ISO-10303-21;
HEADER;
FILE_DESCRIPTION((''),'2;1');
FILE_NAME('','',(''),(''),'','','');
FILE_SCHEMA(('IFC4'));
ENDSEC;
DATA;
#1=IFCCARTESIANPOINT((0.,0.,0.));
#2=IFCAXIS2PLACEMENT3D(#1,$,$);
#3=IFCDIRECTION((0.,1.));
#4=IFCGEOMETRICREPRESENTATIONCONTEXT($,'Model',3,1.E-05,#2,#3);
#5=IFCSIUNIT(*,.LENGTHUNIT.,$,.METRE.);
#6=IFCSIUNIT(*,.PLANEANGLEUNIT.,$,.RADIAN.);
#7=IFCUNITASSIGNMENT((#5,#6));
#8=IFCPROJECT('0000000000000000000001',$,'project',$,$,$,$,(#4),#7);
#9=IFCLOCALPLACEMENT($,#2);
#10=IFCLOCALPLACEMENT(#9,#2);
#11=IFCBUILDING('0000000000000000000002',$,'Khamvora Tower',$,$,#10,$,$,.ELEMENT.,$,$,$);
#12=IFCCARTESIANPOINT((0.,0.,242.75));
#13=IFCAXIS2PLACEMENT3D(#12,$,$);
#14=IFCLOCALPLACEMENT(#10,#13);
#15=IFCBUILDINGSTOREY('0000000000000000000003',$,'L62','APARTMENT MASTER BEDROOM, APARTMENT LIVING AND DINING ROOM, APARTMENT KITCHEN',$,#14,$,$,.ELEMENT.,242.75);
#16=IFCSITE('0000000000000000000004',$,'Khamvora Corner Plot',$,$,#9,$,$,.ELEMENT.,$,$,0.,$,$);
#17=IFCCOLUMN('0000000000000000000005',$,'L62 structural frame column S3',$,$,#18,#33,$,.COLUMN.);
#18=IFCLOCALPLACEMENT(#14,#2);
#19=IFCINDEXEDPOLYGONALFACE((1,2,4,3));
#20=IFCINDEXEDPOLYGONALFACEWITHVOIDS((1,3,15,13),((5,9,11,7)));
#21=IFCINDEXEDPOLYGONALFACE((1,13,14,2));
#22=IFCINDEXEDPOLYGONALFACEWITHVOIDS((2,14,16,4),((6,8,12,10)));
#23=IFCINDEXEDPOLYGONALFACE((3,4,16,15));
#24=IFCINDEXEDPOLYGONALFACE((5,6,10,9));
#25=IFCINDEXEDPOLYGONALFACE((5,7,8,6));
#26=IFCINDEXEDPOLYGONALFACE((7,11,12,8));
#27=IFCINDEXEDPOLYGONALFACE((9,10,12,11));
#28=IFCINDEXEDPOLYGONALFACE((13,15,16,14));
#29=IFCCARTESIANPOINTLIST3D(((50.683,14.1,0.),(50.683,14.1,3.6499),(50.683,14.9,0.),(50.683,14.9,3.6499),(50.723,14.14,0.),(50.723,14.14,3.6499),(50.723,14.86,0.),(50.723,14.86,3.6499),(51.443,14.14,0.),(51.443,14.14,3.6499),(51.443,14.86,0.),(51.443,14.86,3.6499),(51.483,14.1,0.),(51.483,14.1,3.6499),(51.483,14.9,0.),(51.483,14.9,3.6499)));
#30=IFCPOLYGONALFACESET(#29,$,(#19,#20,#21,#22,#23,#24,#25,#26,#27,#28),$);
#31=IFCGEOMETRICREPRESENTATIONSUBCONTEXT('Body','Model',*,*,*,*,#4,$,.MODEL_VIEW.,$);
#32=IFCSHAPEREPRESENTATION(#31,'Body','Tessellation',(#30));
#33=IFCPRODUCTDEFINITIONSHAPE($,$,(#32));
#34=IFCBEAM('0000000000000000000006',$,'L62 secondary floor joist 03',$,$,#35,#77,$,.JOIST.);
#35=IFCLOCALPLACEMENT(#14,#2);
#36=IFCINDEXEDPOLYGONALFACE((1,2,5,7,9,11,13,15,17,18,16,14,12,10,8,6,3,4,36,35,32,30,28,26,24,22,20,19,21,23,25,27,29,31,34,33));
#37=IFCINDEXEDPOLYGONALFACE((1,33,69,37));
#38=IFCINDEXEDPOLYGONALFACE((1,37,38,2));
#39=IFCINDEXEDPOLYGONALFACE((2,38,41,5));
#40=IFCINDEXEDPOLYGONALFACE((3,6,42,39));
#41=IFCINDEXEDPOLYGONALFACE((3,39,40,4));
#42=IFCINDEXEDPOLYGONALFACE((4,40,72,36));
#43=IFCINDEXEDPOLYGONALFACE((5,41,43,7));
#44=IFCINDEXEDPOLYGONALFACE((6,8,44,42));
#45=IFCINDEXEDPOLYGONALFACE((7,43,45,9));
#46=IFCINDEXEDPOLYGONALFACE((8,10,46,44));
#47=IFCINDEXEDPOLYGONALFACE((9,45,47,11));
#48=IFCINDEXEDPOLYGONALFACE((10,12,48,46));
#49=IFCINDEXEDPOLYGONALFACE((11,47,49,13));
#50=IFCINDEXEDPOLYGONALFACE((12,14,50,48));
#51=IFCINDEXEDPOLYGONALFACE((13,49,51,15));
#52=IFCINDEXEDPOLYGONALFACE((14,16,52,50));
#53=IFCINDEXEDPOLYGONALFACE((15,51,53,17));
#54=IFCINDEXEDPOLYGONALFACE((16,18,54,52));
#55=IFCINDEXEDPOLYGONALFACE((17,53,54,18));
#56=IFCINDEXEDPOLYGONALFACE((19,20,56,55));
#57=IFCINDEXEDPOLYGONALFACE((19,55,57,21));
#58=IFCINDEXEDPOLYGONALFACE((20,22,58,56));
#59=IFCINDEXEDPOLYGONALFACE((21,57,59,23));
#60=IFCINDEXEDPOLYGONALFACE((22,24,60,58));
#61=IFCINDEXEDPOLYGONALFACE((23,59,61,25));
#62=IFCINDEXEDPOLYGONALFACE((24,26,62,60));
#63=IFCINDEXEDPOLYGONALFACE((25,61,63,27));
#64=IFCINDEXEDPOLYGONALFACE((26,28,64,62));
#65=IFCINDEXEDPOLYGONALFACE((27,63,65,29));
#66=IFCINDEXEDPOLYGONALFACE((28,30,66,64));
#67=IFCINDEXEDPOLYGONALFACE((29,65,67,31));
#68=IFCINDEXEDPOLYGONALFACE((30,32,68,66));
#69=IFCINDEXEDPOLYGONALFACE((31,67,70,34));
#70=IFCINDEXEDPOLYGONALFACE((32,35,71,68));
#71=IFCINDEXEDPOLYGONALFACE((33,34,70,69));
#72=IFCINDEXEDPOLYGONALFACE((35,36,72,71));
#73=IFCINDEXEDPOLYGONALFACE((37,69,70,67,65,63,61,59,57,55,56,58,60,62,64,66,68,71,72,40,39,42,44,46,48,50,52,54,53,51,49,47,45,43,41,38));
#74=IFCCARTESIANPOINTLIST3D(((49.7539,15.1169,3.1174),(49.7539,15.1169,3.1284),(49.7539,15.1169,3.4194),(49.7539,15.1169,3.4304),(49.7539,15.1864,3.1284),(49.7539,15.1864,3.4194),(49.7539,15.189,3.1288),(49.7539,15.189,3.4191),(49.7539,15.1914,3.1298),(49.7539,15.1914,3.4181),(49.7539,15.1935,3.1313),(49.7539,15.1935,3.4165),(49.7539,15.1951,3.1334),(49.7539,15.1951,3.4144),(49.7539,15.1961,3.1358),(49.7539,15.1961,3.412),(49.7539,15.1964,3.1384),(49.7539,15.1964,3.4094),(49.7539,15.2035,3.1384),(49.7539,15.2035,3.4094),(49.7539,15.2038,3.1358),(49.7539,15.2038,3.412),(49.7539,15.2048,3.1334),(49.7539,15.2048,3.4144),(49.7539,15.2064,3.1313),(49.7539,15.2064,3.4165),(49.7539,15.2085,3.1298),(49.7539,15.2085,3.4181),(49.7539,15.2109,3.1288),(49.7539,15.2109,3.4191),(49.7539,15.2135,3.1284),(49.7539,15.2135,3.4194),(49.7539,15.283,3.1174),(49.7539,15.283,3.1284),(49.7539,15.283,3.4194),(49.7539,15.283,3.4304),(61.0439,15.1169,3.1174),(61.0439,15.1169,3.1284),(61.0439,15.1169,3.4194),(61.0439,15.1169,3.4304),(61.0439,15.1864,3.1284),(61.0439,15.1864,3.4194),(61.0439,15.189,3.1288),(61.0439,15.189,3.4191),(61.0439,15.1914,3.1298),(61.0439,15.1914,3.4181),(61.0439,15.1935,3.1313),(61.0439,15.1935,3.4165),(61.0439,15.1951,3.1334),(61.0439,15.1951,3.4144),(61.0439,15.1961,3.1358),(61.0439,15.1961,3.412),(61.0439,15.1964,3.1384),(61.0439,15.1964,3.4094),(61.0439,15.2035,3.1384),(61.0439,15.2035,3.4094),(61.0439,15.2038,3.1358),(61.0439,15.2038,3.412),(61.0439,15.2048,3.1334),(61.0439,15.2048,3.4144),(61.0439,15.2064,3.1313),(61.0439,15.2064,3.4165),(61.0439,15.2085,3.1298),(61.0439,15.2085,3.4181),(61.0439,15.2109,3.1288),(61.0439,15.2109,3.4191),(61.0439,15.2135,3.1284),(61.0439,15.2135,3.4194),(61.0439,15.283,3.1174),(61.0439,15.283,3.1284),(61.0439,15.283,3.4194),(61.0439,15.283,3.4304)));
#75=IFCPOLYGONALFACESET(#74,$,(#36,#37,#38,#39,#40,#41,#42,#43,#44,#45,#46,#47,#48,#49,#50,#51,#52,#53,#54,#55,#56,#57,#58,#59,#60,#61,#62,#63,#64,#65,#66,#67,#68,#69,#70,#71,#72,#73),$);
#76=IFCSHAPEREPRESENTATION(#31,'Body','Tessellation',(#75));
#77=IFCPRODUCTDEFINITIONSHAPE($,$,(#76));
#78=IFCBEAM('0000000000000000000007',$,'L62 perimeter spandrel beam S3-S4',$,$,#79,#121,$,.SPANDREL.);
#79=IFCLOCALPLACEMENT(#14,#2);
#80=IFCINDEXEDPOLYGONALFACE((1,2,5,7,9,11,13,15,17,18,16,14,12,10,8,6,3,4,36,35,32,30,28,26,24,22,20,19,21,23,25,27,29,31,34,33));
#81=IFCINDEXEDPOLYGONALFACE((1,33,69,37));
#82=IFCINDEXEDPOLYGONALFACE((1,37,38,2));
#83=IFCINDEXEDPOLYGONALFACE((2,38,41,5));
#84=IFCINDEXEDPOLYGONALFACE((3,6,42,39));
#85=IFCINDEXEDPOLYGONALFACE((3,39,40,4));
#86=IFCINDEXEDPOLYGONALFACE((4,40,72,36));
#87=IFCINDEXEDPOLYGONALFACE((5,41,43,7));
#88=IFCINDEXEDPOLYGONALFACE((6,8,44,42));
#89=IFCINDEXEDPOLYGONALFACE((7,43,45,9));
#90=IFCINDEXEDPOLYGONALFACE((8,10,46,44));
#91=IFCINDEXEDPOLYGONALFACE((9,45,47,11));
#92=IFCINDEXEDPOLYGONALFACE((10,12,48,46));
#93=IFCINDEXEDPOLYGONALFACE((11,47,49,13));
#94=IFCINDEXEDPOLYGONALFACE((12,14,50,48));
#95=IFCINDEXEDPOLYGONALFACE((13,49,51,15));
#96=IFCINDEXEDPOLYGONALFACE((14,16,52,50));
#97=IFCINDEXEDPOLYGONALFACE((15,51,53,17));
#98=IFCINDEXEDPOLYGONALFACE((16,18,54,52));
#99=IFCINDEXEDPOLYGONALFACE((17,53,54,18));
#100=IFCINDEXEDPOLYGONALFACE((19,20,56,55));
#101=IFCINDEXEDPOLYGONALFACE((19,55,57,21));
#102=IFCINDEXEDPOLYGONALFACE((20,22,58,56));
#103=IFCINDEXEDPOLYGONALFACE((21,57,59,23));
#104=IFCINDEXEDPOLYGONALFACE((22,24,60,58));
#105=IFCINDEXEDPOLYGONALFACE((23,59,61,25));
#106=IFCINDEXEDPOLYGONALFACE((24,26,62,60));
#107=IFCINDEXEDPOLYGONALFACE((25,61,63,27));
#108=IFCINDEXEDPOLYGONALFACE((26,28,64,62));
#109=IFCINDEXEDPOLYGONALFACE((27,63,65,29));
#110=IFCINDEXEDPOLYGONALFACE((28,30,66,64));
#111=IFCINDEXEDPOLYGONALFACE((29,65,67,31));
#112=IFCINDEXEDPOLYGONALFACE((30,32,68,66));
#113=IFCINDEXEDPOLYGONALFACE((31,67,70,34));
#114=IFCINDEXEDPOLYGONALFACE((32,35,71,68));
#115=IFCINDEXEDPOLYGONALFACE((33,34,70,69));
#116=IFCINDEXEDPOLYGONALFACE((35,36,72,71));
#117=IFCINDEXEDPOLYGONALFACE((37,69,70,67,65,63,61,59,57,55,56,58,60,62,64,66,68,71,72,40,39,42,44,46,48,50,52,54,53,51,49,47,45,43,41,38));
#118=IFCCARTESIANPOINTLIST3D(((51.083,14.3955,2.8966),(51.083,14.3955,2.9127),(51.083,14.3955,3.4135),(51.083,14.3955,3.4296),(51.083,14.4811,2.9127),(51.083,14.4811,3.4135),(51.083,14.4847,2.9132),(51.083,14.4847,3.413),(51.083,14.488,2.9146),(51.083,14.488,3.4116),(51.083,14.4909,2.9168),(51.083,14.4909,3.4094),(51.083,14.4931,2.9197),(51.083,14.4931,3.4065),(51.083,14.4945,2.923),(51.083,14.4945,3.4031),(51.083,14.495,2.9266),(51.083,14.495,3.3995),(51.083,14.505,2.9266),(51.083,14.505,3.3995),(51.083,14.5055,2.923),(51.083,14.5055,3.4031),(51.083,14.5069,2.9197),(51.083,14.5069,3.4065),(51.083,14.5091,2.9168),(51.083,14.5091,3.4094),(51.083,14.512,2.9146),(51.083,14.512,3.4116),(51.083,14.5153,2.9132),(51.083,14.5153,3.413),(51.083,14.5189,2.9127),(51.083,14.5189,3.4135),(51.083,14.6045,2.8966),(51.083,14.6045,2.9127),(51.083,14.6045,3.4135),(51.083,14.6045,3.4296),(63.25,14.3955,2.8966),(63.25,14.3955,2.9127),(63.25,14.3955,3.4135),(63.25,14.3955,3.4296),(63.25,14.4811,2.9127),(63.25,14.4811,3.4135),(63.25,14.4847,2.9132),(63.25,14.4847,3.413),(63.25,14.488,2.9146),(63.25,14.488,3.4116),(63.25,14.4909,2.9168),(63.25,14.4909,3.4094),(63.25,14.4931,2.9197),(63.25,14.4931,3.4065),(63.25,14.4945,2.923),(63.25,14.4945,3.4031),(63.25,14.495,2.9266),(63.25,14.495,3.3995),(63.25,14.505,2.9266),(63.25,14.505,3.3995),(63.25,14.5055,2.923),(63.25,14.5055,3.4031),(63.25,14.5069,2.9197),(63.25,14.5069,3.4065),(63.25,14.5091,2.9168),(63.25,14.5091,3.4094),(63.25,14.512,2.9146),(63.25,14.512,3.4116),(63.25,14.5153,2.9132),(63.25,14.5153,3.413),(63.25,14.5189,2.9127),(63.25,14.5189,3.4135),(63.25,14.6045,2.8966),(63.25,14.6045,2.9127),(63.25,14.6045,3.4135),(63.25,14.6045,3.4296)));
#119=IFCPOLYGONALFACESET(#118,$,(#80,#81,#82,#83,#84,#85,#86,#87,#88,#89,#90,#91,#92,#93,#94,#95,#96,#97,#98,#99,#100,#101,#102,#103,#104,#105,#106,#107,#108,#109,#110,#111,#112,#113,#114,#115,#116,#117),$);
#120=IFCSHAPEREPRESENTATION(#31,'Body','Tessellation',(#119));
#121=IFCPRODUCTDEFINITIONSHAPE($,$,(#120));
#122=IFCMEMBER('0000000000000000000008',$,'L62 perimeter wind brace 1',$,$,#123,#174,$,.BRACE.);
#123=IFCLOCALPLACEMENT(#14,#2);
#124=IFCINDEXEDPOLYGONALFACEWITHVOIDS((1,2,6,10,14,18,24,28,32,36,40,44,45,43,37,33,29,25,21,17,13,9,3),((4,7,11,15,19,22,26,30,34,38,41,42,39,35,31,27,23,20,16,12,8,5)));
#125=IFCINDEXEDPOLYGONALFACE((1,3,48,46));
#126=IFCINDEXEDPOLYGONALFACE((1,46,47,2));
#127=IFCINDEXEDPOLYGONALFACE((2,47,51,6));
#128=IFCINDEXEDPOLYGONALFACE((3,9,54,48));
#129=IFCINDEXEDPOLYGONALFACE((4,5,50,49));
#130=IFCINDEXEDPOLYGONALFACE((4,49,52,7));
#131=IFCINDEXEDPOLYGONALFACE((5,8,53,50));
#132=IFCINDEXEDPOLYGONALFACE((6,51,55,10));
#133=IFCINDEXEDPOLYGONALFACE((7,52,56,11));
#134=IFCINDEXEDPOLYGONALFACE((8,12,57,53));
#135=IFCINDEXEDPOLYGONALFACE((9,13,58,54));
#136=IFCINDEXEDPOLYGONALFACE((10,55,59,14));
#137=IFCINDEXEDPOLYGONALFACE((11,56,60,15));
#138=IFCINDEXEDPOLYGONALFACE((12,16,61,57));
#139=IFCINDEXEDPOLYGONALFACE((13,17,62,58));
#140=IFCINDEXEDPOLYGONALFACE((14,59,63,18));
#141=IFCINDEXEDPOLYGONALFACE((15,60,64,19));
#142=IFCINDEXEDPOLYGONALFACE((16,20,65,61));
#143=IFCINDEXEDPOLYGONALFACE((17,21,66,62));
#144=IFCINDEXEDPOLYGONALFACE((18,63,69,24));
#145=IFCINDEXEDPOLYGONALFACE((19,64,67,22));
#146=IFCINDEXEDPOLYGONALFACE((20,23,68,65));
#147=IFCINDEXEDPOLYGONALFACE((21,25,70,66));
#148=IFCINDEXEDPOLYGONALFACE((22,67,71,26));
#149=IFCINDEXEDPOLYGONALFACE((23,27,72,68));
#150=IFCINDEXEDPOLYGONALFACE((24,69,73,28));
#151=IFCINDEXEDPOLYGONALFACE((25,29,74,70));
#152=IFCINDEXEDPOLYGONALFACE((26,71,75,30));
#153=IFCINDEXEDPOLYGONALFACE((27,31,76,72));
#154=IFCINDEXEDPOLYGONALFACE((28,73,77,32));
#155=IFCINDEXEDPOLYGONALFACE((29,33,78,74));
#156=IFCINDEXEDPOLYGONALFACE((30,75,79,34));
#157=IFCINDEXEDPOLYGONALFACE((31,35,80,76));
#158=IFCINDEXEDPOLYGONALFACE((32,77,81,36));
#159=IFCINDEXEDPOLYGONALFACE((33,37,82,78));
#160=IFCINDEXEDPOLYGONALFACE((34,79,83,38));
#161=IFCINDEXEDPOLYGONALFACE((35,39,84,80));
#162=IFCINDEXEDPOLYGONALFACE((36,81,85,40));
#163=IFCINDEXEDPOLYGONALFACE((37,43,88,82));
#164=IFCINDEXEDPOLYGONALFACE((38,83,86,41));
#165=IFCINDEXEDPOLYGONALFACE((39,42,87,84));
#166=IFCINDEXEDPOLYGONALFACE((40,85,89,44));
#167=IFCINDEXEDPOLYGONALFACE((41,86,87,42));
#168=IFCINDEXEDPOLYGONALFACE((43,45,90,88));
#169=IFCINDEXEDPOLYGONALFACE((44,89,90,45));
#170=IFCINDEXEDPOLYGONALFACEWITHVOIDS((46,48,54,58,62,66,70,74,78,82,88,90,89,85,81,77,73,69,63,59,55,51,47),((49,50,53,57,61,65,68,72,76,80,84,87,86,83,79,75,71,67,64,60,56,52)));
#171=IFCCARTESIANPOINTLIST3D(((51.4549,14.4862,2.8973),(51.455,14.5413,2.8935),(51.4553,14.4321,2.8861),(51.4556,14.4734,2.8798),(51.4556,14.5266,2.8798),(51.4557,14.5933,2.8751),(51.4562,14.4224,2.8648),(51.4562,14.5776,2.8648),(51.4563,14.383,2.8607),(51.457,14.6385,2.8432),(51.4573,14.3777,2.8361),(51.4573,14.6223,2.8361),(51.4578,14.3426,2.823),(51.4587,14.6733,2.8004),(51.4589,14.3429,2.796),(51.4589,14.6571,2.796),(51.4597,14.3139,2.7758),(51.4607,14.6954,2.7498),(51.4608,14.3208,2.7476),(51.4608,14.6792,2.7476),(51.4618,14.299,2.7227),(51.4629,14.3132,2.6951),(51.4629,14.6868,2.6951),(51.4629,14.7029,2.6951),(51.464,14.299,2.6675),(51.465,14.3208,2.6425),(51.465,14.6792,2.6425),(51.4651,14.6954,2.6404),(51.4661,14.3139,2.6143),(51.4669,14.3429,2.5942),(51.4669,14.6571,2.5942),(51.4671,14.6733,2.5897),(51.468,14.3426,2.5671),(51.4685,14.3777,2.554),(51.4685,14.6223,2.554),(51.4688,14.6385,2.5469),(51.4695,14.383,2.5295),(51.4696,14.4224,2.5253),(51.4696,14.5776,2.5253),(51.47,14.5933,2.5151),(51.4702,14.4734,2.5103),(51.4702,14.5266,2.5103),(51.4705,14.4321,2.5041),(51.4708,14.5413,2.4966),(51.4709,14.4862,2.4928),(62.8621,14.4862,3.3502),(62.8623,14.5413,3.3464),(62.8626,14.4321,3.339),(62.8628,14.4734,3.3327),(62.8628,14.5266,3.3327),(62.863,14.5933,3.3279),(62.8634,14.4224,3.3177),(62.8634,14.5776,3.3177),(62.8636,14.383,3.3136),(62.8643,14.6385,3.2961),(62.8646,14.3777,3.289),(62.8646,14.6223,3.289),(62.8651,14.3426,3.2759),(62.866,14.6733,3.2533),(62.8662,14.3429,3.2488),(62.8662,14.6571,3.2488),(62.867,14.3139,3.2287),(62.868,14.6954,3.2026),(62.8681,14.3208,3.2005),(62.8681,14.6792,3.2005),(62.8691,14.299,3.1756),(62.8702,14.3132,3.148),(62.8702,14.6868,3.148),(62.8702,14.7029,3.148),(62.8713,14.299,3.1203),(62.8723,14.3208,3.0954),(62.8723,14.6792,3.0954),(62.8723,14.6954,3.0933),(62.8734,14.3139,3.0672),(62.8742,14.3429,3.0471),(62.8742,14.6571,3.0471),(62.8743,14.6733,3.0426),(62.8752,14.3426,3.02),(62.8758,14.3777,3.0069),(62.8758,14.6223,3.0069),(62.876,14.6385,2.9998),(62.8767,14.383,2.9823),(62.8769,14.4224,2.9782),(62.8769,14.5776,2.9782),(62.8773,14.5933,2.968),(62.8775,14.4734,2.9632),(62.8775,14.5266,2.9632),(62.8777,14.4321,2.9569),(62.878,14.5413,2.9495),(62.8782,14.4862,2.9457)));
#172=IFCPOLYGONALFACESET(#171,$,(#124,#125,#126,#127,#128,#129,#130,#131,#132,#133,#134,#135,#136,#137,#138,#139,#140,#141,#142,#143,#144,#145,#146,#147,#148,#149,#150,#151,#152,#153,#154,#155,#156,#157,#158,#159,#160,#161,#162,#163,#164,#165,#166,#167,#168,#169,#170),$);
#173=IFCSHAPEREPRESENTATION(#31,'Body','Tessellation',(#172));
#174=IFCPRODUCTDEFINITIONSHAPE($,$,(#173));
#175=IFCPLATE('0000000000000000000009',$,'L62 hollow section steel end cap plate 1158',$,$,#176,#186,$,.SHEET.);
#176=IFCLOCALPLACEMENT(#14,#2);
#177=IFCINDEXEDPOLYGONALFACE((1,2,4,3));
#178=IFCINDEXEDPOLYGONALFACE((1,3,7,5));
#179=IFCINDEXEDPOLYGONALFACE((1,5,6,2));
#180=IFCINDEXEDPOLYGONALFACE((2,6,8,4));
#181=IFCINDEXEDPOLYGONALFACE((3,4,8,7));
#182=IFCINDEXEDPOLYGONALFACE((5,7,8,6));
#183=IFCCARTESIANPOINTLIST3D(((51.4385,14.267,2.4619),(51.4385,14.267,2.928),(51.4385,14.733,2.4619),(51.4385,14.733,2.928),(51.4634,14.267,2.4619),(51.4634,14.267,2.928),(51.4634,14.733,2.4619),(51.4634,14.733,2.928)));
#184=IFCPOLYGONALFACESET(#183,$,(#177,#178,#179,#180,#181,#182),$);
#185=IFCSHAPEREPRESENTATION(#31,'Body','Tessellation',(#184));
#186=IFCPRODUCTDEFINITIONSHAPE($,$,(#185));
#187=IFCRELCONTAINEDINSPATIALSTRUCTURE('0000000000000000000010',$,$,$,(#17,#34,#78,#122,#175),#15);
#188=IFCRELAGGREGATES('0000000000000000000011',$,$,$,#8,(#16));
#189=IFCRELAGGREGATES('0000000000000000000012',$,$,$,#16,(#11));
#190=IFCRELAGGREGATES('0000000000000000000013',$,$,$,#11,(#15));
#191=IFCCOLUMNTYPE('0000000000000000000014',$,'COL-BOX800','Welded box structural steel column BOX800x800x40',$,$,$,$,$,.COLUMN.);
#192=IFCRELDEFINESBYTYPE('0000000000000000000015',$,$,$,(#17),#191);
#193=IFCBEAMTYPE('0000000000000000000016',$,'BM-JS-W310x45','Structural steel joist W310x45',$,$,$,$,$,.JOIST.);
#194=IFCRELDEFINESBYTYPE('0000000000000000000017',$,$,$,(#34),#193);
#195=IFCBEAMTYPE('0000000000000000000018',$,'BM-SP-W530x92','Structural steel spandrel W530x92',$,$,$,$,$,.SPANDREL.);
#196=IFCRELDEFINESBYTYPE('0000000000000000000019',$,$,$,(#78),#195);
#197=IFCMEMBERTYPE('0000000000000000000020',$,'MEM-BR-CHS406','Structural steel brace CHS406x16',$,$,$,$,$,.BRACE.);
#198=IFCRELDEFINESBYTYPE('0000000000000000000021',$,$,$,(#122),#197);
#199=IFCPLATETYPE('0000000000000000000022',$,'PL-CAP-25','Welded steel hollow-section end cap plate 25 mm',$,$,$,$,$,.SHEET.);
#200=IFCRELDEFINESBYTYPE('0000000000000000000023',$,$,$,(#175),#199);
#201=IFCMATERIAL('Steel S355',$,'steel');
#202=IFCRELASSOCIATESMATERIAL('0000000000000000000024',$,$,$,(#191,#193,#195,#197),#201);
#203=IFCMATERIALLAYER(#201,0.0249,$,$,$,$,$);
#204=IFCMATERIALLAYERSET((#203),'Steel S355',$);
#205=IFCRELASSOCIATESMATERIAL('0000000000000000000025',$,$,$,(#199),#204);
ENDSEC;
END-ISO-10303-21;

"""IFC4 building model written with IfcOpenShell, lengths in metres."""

from ifc_helpers import new_model, si_unit, direction, frame, origin, origin_2d, place, context, subcontext, project, spatial, rectangle, hollow_rectangle, hollow_circle, i_section, extrude, material, layer, layer_set, material_profile, profile_set, type_object, element, save


model = new_model("IFC4")

# Units and contexts
model_context = context("Model", 3, precision=1e-05, world=origin(), true_north=direction((0.0, 1.0)))
body_context = subcontext(model_context, "Body", "Model", "MODEL_VIEW")
ifc_project = project(units=[si_unit("LENGTHUNIT", "METRE"), si_unit("PLANEANGLEUNIT", "RADIAN")], contexts=[model_context])

# Site, building, storey
site_placement = place(None, origin())
site = spatial("IfcSite", under=ifc_project, at=site_placement, Name="Khamvora Corner Plot", CompositionType="ELEMENT", RefElevation=0.0)
building_placement = place(site_placement, origin())
building = spatial("IfcBuilding", under=site, at=building_placement, Name="Khamvora Tower", CompositionType="ELEMENT")
storey_placement = place(building_placement, frame((0.0, 0.0, 242.75)))
storey = spatial("IfcBuildingStorey", under=building, at=storey_placement, Name="L62", Description="APARTMENT MASTER BEDROOM, APARTMENT LIVING AND DINING ROOM, APARTMENT KITCHEN", CompositionType="ELEMENT", Elevation=242.75)

# Column
ifc_material_1 = material(Name="Steel S355", Category="steel")
ifc_material_profile_1 = material_profile(ifc_material_1, hollow_rectangle(XDim=0.8, YDim=0.8, WallThickness=0.04, at=origin_2d()), Name="BOX800x800x40")
ifc_profile_set_1 = profile_set([ifc_material_profile_1], Name="Steel S355")
column_type = type_object("IfcColumnType", Name="COL-BOX800", Description="Welded box structural steel column BOX800x800x40", PredefinedType="COLUMN", material=ifc_profile_set_1)
column_placement = place(storey_placement, frame((51.083, 14.5, 0.0), z_axis=(0.0, 0.0, 1.0), x_axis=(1.0, 0.0, 0.0)))
element("IfcColumn", 1, at=column_placement, inside=storey, type_object=column_type, Name="L62 structural frame column S3", PredefinedType="COLUMN", context=body_context, shape_type="SweptSolid", body=[
    extrude(hollow_rectangle(XDim=0.8, YDim=0.8, WallThickness=0.04, at=origin_2d()), origin(), (0.0, 0.0, 1.0), 3.6499),
])

# Beams
ifc_material_profile_2 = material_profile(ifc_material_1, i_section(OverallWidth=0.166, OverallDepth=0.313, WebThickness=0.0071, FlangeThickness=0.011, FilletRadius=0.01, at=origin_2d()), Name="W310x45")
ifc_profile_set_2 = profile_set([ifc_material_profile_2], Name="Steel S355")
beam_type_1 = type_object("IfcBeamType", Name="BM-JS-W310x45", Description="Structural steel joist W310x45", PredefinedType="JOIST", material=ifc_profile_set_2)
beam_1_placement = place(storey_placement, frame((49.7539, 15.2, 3.2739), z_axis=(1.0, 0.0, 0.0), x_axis=(0.0, 1.0, 0.0)))
element("IfcBeam", 2, at=beam_1_placement, inside=storey, type_object=beam_type_1, Name="L62 secondary floor joist 03", PredefinedType="JOIST", context=body_context, shape_type="SweptSolid", body=[
    extrude(i_section(OverallWidth=0.166, OverallDepth=0.313, WebThickness=0.0071, FlangeThickness=0.011, FilletRadius=0.01, at=origin_2d()), origin(), (0.0, 0.0, 1.0), 11.29),
])
ifc_material_profile_3 = material_profile(ifc_material_1, i_section(OverallWidth=0.209, OverallDepth=0.533, WebThickness=0.01, FlangeThickness=0.0161, FilletRadius=0.0139, at=origin_2d()), Name="W530x92")
ifc_profile_set_3 = profile_set([ifc_material_profile_3], Name="Steel S355")
beam_type_2 = type_object("IfcBeamType", Name="BM-SP-W530x92", Description="Structural steel spandrel W530x92", PredefinedType="SPANDREL", material=ifc_profile_set_3)
beam_2_placement = place(storey_placement, frame((51.083, 14.5, 3.1631), z_axis=(1.0, 0.0, 0.0), x_axis=(0.0, 1.0, 0.0)))
element("IfcBeam", 3, at=beam_2_placement, inside=storey, type_object=beam_type_2, Name="L62 perimeter spandrel beam S3-S4", PredefinedType="SPANDREL", context=body_context, shape_type="SweptSolid", body=[
    extrude(i_section(OverallWidth=0.209, OverallDepth=0.533, WebThickness=0.01, FlangeThickness=0.0161, FilletRadius=0.0139, at=origin_2d()), origin(), (0.0, 0.0, 1.0), 12.167),
])

# Member
ifc_material_profile_4 = material_profile(ifc_material_1, hollow_circle(Radius=0.2029, WallThickness=0.0161, at=origin_2d()), Name="CHS406x16")
ifc_profile_set_4 = profile_set([ifc_material_profile_4], Name="Steel S355")
member_type = type_object("IfcMemberType", Name="MEM-BR-CHS406", Description="Structural steel brace CHS406x16", PredefinedType="BRACE", material=ifc_profile_set_4)
member_placement = place(storey_placement, frame((51.4629, 14.5, 2.6951), z_axis=(0.999213, 0.0, 0.03967), x_axis=(0.0, 1.0, 0.0)))
element("IfcMember", 4, at=member_placement, inside=storey, type_object=member_type, Name="L62 perimeter wind brace 1", PredefinedType="BRACE", context=body_context, shape_type="SweptSolid", body=[
    extrude(hollow_circle(Radius=0.2029, WallThickness=0.0161, at=origin_2d()), origin(), (0.0, 0.0, 1.0), 11.4163),
])

# Plate
ifc_layer_1 = layer(ifc_material_1, 0.0249)
ifc_layer_set_1 = layer_set([ifc_layer_1], Name="Steel S355")
plate_type = type_object("IfcPlateType", Name="PL-CAP-25", Description="Welded steel hollow-section end cap plate 25 mm", PredefinedType="SHEET", material=ifc_layer_set_1)
plate_placement = place(storey_placement, frame((51.4509, 14.5, 2.4619), z_axis=(0.0, 0.0, 1.0), x_axis=(1.0, 0.0, 0.0)))
element("IfcPlate", 5, at=plate_placement, inside=storey, type_object=plate_type, Name="L62 hollow section steel end cap plate 1158", PredefinedType="SHEET", context=body_context, shape_type="SweptSolid", body=[
    extrude(rectangle(XDim=0.0249, YDim=0.4661, at=origin_2d()), origin(), (0.0, 0.0, 1.0), 0.4661),
])

save(model, "model.ifc")
